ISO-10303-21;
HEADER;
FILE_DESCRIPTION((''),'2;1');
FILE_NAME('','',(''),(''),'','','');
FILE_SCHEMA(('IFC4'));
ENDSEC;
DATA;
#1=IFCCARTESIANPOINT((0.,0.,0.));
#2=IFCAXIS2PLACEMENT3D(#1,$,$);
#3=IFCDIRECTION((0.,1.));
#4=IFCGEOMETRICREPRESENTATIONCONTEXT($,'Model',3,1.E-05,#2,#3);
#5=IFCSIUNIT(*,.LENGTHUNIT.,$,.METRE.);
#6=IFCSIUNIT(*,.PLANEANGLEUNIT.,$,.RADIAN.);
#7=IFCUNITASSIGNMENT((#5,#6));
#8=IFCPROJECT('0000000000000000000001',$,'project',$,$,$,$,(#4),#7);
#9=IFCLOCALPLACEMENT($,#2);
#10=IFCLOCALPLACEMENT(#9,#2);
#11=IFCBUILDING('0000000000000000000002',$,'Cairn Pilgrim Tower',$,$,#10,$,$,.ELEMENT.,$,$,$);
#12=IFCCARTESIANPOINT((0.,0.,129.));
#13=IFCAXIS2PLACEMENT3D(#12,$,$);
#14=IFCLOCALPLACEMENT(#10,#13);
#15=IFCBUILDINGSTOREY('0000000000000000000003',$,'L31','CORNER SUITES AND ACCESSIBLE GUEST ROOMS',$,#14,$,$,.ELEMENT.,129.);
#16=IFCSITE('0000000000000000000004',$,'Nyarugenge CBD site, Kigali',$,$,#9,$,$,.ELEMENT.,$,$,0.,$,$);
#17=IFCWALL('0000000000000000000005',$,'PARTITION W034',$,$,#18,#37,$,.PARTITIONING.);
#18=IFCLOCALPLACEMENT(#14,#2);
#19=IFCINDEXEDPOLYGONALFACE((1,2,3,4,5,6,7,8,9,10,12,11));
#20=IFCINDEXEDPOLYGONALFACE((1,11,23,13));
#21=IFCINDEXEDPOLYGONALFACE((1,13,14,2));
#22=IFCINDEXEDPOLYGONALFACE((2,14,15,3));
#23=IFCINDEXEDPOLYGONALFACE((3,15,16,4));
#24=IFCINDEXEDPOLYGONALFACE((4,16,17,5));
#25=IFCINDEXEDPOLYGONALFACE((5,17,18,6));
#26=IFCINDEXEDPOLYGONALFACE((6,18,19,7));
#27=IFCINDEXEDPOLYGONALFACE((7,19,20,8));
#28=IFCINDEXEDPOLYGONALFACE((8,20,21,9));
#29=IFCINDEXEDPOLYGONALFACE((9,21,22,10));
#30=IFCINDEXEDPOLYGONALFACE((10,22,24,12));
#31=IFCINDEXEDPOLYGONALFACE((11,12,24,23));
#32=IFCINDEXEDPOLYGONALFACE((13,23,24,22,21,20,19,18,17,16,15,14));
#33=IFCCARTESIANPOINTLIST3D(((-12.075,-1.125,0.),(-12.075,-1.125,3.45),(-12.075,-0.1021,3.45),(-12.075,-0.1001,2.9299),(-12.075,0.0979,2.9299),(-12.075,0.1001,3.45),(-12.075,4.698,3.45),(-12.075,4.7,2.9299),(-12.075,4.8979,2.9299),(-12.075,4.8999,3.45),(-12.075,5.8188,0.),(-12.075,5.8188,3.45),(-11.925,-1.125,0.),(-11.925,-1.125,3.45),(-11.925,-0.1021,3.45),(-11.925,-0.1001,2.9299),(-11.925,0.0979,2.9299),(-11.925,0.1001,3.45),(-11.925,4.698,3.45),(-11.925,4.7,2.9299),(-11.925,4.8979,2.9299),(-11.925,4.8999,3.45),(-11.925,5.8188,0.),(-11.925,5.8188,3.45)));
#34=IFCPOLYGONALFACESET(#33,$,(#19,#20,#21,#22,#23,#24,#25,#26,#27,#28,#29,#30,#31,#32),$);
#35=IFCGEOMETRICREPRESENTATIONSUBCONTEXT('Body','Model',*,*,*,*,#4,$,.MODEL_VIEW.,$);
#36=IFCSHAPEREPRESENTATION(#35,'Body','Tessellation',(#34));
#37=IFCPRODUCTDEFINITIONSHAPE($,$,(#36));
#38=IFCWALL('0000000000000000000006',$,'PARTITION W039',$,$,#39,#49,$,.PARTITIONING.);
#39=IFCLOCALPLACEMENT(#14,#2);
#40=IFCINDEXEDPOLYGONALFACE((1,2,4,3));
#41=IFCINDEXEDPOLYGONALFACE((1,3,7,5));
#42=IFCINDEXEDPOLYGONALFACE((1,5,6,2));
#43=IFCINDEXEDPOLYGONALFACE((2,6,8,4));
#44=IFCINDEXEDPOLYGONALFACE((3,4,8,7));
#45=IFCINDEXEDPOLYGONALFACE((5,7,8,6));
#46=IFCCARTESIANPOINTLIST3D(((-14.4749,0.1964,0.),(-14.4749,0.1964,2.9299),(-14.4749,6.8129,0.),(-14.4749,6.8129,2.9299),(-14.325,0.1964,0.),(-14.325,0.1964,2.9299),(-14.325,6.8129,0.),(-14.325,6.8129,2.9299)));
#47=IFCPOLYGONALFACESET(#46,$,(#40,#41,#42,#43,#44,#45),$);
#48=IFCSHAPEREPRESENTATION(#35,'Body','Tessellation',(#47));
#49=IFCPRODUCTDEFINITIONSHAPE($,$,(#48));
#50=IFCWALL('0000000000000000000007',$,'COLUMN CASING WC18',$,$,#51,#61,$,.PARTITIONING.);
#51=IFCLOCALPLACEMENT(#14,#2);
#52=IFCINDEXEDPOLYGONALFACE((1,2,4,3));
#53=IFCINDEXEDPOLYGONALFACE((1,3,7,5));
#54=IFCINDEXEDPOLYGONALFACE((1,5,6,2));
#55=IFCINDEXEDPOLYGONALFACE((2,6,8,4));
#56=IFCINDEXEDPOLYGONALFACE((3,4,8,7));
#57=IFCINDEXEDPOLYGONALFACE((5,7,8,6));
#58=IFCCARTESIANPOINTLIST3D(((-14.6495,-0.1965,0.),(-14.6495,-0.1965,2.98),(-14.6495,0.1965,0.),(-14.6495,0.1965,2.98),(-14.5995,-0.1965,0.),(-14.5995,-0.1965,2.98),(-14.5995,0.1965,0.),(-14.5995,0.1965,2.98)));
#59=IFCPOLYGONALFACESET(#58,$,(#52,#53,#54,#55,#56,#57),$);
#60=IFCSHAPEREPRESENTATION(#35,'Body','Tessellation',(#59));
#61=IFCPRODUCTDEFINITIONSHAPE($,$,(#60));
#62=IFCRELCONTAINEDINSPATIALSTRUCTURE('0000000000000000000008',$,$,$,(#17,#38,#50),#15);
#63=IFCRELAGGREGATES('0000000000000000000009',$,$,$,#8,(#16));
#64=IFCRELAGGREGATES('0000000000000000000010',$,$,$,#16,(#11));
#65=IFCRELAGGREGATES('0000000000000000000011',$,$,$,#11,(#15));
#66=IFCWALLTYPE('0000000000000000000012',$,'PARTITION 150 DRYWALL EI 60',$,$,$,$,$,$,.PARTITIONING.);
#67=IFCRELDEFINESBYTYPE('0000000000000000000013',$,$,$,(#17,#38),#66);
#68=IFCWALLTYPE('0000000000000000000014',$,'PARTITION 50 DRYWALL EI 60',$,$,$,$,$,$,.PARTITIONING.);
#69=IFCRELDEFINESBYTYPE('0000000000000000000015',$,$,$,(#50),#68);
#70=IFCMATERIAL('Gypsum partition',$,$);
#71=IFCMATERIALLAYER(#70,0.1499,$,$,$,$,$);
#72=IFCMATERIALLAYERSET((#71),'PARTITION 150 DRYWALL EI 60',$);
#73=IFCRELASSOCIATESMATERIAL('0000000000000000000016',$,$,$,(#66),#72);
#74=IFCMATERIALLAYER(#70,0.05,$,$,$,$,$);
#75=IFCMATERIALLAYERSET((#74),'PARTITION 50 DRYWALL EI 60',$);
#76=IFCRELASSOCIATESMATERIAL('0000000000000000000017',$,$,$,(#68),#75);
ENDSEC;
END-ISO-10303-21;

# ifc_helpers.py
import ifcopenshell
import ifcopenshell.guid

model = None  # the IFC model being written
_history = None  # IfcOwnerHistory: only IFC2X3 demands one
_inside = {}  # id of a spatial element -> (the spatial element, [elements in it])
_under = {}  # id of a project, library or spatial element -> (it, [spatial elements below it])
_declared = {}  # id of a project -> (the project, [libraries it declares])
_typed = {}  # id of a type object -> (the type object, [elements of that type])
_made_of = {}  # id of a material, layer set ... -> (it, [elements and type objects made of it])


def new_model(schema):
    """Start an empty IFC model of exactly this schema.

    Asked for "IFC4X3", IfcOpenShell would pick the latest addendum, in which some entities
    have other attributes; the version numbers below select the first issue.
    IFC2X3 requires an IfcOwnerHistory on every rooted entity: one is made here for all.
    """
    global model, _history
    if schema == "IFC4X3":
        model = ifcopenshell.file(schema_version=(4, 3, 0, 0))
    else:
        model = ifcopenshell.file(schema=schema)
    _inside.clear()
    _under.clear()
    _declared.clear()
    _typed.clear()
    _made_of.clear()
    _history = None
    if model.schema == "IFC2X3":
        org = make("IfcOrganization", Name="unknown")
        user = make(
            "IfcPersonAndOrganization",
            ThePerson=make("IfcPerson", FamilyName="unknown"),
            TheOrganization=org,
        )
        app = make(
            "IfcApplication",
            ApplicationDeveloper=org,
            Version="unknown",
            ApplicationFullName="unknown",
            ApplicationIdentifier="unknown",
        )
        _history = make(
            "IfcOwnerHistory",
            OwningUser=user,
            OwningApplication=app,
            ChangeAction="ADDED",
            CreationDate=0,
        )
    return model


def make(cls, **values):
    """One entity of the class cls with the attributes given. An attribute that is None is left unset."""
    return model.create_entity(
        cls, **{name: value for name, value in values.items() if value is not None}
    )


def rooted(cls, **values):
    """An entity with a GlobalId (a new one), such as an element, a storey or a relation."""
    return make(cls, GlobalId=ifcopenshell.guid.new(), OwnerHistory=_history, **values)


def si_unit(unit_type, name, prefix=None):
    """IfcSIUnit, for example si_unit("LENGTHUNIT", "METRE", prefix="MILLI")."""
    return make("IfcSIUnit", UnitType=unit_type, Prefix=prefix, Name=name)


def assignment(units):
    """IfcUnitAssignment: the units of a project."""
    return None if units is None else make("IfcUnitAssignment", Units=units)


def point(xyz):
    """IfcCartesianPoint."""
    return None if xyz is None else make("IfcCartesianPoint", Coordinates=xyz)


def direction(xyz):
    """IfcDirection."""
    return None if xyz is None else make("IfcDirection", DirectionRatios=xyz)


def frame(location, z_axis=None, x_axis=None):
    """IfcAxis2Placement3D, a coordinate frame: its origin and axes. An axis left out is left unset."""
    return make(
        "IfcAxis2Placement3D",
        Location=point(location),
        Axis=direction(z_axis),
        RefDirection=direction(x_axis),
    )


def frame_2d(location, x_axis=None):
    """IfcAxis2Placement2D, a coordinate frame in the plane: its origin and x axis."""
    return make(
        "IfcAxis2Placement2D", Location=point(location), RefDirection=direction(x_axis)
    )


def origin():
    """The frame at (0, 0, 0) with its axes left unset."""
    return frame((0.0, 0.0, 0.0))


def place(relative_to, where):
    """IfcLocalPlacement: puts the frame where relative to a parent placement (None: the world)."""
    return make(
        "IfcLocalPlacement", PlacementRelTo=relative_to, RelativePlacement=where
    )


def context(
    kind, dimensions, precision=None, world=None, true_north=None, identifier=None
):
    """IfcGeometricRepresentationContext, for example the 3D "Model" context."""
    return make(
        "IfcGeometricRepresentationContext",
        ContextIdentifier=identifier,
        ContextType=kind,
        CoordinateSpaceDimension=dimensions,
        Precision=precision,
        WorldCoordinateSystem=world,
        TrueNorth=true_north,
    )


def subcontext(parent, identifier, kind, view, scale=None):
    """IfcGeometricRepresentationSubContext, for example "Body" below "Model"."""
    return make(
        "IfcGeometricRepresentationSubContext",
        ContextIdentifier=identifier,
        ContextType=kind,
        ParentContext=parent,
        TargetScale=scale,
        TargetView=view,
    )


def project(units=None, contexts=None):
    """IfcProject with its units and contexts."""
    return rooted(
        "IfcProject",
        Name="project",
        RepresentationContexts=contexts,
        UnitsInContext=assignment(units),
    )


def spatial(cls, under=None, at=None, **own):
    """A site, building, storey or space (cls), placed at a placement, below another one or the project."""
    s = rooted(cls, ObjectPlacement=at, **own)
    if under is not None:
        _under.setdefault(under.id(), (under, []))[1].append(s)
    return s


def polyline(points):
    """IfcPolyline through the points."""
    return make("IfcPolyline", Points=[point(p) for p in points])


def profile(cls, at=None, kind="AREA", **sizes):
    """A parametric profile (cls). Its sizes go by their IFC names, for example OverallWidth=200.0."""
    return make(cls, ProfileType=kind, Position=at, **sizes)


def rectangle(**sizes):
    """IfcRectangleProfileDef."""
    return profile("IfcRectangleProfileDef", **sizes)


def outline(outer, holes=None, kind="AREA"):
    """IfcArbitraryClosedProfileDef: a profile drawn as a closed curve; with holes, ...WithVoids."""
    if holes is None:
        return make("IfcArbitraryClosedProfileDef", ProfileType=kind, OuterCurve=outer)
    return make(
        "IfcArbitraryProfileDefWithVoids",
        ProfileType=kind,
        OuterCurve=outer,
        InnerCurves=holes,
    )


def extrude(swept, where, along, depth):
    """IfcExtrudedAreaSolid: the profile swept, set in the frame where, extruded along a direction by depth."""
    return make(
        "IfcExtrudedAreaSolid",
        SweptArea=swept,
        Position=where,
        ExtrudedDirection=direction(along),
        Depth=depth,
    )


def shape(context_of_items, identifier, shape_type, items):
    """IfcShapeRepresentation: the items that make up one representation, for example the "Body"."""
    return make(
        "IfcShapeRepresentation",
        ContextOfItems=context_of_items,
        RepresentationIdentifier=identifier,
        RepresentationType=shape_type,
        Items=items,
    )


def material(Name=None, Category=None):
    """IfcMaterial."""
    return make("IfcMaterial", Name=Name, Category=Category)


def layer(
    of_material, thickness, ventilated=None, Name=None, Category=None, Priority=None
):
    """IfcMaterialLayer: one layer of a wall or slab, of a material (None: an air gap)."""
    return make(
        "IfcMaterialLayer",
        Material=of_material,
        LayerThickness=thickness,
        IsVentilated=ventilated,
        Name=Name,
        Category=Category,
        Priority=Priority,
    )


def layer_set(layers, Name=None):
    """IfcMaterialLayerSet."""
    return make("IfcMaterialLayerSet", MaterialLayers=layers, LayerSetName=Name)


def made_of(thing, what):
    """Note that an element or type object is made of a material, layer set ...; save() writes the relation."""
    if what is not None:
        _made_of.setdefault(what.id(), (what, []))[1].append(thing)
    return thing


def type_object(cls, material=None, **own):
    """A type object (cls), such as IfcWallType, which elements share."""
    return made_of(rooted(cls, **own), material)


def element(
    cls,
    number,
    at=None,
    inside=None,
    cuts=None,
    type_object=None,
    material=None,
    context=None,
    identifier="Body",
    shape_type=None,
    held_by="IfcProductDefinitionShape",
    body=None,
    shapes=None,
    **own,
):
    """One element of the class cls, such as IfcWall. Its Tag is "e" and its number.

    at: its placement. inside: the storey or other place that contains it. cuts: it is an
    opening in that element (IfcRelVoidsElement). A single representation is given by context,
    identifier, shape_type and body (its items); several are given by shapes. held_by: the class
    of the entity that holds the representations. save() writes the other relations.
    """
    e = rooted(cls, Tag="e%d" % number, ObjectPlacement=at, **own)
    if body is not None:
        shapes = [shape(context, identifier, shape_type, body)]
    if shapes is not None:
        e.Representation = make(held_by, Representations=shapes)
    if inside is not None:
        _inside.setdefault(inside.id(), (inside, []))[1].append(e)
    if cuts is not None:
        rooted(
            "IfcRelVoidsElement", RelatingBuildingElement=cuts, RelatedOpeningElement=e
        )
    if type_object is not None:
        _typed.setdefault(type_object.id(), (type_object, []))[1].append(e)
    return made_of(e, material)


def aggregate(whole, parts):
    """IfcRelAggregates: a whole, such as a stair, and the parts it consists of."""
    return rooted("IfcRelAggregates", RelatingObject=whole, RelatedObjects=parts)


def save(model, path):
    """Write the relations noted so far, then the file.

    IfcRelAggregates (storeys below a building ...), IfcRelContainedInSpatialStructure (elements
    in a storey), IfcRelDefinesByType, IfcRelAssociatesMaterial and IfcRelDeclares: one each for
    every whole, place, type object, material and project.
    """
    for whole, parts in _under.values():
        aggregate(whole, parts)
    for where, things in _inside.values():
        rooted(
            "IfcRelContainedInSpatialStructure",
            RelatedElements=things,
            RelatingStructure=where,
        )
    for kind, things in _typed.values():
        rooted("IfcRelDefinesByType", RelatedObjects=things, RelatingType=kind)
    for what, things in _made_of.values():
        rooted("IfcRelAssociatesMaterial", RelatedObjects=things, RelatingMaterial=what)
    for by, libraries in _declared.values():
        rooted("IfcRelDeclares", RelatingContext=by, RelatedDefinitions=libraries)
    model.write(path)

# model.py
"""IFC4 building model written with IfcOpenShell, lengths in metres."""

from ifc_helpers import new_model, si_unit, direction, frame, frame_2d, origin, place, context, subcontext, project, spatial, polyline, rectangle, outline, extrude, material, layer, layer_set, type_object, element, save


model = new_model("IFC4")

# Units and contexts
model_context = context("Model", 3, precision=1e-05, world=origin(), true_north=direction((0.0, 1.0)))
body_context = subcontext(model_context, "Body", "Model", "MODEL_VIEW")
ifc_project = project(units=[si_unit("LENGTHUNIT", "METRE"), si_unit("PLANEANGLEUNIT", "RADIAN")], contexts=[model_context])

# Site, building, storey
site_placement = place(None, origin())
site = spatial("IfcSite", under=ifc_project, at=site_placement, Name="Nyarugenge CBD site, Kigali", CompositionType="ELEMENT", RefElevation=0.0)
building_placement = place(site_placement, origin())
building = spatial("IfcBuilding", under=site, at=building_placement, Name="Cairn Pilgrim Tower", CompositionType="ELEMENT")
storey_placement = place(building_placement, frame((0.0, 0.0, 129.0)))
storey = spatial("IfcBuildingStorey", under=building, at=storey_placement, Name="L31", Description="CORNER SUITES AND ACCESSIBLE GUEST ROOMS", CompositionType="ELEMENT", Elevation=129.0)

# Shared definitions
ifc_material_1 = material(Name="Gypsum partition")

# Shared definitions
ifc_layer_1 = layer(ifc_material_1, 0.1499)
ifc_layer_set_1 = layer_set([ifc_layer_1], Name="PARTITION 150 DRYWALL EI 60")
wall_type_1 = type_object("IfcWallType", Name="PARTITION 150 DRYWALL EI 60", PredefinedType="PARTITIONING", material=ifc_layer_set_1)

# Walls
wall_1_placement = place(storey_placement, frame((-12.0, -1.125, 0.0), z_axis=(0.0, 0.0, 1.0), x_axis=(0.0, 1.0, 0.0)))
element("IfcWall", 1, at=wall_1_placement, inside=storey, type_object=wall_type_1, Name="PARTITION W034", PredefinedType="PARTITIONING", context=body_context, shape_type="SweptSolid", body=[
    extrude(outline(polyline([(0.0, 0.0), (6.9438, 0.0), (6.9438, 3.45), (6.0249, 3.45), (6.0229, 2.9299), (5.825, 2.9299), (5.823, 3.45), (1.2251, 3.45), (1.2229, 2.9299), (1.0249, 2.9299), (1.0229, 3.45), (0.0, 3.45), (0.0, 0.0)])), frame((0.0, 0.075, 0.0), z_axis=(0.0, -1.0, 0.0), x_axis=(1.0, 0.0, 0.0)), (0.0, 0.0, 1.0), 0.1499),
])
wall_2_placement = place(storey_placement, frame((-14.3999, 0.1965, 0.0), z_axis=(0.0, 0.0, 1.0), x_axis=(0.0, 1.0, 0.0)))
element("IfcWall", 2, at=wall_2_placement, inside=storey, type_object=wall_type_1, Name="PARTITION W039", PredefinedType="PARTITIONING", context=body_context, shape_type="SweptSolid", body=[
    extrude(rectangle(XDim=6.6165, YDim=0.1499, at=frame_2d((3.3081, 0.0))), origin(), (0.0, 0.0, 1.0), 2.9299),
])
ifc_layer_2 = layer(ifc_material_1, 0.05)
ifc_layer_set_2 = layer_set([ifc_layer_2], Name="PARTITION 50 DRYWALL EI 60")
wall_type_2 = type_object("IfcWallType", Name="PARTITION 50 DRYWALL EI 60", PredefinedType="PARTITIONING", material=ifc_layer_set_2)
wall_3_placement = place(storey_placement, frame((-14.6245, -0.1965, 0.0), z_axis=(0.0, 0.0, 1.0), x_axis=(0.0, 1.0, 0.0)))
element("IfcWall", 3, at=wall_3_placement, inside=storey, type_object=wall_type_2, Name="COLUMN CASING WC18", PredefinedType="PARTITIONING", context=body_context, shape_type="SweptSolid", body=[
    extrude(rectangle(XDim=0.3931, YDim=0.05, at=frame_2d((0.1965, 0.0))), origin(), (0.0, 0.0, 1.0), 2.98),
])

save(model, "model.ifc")
